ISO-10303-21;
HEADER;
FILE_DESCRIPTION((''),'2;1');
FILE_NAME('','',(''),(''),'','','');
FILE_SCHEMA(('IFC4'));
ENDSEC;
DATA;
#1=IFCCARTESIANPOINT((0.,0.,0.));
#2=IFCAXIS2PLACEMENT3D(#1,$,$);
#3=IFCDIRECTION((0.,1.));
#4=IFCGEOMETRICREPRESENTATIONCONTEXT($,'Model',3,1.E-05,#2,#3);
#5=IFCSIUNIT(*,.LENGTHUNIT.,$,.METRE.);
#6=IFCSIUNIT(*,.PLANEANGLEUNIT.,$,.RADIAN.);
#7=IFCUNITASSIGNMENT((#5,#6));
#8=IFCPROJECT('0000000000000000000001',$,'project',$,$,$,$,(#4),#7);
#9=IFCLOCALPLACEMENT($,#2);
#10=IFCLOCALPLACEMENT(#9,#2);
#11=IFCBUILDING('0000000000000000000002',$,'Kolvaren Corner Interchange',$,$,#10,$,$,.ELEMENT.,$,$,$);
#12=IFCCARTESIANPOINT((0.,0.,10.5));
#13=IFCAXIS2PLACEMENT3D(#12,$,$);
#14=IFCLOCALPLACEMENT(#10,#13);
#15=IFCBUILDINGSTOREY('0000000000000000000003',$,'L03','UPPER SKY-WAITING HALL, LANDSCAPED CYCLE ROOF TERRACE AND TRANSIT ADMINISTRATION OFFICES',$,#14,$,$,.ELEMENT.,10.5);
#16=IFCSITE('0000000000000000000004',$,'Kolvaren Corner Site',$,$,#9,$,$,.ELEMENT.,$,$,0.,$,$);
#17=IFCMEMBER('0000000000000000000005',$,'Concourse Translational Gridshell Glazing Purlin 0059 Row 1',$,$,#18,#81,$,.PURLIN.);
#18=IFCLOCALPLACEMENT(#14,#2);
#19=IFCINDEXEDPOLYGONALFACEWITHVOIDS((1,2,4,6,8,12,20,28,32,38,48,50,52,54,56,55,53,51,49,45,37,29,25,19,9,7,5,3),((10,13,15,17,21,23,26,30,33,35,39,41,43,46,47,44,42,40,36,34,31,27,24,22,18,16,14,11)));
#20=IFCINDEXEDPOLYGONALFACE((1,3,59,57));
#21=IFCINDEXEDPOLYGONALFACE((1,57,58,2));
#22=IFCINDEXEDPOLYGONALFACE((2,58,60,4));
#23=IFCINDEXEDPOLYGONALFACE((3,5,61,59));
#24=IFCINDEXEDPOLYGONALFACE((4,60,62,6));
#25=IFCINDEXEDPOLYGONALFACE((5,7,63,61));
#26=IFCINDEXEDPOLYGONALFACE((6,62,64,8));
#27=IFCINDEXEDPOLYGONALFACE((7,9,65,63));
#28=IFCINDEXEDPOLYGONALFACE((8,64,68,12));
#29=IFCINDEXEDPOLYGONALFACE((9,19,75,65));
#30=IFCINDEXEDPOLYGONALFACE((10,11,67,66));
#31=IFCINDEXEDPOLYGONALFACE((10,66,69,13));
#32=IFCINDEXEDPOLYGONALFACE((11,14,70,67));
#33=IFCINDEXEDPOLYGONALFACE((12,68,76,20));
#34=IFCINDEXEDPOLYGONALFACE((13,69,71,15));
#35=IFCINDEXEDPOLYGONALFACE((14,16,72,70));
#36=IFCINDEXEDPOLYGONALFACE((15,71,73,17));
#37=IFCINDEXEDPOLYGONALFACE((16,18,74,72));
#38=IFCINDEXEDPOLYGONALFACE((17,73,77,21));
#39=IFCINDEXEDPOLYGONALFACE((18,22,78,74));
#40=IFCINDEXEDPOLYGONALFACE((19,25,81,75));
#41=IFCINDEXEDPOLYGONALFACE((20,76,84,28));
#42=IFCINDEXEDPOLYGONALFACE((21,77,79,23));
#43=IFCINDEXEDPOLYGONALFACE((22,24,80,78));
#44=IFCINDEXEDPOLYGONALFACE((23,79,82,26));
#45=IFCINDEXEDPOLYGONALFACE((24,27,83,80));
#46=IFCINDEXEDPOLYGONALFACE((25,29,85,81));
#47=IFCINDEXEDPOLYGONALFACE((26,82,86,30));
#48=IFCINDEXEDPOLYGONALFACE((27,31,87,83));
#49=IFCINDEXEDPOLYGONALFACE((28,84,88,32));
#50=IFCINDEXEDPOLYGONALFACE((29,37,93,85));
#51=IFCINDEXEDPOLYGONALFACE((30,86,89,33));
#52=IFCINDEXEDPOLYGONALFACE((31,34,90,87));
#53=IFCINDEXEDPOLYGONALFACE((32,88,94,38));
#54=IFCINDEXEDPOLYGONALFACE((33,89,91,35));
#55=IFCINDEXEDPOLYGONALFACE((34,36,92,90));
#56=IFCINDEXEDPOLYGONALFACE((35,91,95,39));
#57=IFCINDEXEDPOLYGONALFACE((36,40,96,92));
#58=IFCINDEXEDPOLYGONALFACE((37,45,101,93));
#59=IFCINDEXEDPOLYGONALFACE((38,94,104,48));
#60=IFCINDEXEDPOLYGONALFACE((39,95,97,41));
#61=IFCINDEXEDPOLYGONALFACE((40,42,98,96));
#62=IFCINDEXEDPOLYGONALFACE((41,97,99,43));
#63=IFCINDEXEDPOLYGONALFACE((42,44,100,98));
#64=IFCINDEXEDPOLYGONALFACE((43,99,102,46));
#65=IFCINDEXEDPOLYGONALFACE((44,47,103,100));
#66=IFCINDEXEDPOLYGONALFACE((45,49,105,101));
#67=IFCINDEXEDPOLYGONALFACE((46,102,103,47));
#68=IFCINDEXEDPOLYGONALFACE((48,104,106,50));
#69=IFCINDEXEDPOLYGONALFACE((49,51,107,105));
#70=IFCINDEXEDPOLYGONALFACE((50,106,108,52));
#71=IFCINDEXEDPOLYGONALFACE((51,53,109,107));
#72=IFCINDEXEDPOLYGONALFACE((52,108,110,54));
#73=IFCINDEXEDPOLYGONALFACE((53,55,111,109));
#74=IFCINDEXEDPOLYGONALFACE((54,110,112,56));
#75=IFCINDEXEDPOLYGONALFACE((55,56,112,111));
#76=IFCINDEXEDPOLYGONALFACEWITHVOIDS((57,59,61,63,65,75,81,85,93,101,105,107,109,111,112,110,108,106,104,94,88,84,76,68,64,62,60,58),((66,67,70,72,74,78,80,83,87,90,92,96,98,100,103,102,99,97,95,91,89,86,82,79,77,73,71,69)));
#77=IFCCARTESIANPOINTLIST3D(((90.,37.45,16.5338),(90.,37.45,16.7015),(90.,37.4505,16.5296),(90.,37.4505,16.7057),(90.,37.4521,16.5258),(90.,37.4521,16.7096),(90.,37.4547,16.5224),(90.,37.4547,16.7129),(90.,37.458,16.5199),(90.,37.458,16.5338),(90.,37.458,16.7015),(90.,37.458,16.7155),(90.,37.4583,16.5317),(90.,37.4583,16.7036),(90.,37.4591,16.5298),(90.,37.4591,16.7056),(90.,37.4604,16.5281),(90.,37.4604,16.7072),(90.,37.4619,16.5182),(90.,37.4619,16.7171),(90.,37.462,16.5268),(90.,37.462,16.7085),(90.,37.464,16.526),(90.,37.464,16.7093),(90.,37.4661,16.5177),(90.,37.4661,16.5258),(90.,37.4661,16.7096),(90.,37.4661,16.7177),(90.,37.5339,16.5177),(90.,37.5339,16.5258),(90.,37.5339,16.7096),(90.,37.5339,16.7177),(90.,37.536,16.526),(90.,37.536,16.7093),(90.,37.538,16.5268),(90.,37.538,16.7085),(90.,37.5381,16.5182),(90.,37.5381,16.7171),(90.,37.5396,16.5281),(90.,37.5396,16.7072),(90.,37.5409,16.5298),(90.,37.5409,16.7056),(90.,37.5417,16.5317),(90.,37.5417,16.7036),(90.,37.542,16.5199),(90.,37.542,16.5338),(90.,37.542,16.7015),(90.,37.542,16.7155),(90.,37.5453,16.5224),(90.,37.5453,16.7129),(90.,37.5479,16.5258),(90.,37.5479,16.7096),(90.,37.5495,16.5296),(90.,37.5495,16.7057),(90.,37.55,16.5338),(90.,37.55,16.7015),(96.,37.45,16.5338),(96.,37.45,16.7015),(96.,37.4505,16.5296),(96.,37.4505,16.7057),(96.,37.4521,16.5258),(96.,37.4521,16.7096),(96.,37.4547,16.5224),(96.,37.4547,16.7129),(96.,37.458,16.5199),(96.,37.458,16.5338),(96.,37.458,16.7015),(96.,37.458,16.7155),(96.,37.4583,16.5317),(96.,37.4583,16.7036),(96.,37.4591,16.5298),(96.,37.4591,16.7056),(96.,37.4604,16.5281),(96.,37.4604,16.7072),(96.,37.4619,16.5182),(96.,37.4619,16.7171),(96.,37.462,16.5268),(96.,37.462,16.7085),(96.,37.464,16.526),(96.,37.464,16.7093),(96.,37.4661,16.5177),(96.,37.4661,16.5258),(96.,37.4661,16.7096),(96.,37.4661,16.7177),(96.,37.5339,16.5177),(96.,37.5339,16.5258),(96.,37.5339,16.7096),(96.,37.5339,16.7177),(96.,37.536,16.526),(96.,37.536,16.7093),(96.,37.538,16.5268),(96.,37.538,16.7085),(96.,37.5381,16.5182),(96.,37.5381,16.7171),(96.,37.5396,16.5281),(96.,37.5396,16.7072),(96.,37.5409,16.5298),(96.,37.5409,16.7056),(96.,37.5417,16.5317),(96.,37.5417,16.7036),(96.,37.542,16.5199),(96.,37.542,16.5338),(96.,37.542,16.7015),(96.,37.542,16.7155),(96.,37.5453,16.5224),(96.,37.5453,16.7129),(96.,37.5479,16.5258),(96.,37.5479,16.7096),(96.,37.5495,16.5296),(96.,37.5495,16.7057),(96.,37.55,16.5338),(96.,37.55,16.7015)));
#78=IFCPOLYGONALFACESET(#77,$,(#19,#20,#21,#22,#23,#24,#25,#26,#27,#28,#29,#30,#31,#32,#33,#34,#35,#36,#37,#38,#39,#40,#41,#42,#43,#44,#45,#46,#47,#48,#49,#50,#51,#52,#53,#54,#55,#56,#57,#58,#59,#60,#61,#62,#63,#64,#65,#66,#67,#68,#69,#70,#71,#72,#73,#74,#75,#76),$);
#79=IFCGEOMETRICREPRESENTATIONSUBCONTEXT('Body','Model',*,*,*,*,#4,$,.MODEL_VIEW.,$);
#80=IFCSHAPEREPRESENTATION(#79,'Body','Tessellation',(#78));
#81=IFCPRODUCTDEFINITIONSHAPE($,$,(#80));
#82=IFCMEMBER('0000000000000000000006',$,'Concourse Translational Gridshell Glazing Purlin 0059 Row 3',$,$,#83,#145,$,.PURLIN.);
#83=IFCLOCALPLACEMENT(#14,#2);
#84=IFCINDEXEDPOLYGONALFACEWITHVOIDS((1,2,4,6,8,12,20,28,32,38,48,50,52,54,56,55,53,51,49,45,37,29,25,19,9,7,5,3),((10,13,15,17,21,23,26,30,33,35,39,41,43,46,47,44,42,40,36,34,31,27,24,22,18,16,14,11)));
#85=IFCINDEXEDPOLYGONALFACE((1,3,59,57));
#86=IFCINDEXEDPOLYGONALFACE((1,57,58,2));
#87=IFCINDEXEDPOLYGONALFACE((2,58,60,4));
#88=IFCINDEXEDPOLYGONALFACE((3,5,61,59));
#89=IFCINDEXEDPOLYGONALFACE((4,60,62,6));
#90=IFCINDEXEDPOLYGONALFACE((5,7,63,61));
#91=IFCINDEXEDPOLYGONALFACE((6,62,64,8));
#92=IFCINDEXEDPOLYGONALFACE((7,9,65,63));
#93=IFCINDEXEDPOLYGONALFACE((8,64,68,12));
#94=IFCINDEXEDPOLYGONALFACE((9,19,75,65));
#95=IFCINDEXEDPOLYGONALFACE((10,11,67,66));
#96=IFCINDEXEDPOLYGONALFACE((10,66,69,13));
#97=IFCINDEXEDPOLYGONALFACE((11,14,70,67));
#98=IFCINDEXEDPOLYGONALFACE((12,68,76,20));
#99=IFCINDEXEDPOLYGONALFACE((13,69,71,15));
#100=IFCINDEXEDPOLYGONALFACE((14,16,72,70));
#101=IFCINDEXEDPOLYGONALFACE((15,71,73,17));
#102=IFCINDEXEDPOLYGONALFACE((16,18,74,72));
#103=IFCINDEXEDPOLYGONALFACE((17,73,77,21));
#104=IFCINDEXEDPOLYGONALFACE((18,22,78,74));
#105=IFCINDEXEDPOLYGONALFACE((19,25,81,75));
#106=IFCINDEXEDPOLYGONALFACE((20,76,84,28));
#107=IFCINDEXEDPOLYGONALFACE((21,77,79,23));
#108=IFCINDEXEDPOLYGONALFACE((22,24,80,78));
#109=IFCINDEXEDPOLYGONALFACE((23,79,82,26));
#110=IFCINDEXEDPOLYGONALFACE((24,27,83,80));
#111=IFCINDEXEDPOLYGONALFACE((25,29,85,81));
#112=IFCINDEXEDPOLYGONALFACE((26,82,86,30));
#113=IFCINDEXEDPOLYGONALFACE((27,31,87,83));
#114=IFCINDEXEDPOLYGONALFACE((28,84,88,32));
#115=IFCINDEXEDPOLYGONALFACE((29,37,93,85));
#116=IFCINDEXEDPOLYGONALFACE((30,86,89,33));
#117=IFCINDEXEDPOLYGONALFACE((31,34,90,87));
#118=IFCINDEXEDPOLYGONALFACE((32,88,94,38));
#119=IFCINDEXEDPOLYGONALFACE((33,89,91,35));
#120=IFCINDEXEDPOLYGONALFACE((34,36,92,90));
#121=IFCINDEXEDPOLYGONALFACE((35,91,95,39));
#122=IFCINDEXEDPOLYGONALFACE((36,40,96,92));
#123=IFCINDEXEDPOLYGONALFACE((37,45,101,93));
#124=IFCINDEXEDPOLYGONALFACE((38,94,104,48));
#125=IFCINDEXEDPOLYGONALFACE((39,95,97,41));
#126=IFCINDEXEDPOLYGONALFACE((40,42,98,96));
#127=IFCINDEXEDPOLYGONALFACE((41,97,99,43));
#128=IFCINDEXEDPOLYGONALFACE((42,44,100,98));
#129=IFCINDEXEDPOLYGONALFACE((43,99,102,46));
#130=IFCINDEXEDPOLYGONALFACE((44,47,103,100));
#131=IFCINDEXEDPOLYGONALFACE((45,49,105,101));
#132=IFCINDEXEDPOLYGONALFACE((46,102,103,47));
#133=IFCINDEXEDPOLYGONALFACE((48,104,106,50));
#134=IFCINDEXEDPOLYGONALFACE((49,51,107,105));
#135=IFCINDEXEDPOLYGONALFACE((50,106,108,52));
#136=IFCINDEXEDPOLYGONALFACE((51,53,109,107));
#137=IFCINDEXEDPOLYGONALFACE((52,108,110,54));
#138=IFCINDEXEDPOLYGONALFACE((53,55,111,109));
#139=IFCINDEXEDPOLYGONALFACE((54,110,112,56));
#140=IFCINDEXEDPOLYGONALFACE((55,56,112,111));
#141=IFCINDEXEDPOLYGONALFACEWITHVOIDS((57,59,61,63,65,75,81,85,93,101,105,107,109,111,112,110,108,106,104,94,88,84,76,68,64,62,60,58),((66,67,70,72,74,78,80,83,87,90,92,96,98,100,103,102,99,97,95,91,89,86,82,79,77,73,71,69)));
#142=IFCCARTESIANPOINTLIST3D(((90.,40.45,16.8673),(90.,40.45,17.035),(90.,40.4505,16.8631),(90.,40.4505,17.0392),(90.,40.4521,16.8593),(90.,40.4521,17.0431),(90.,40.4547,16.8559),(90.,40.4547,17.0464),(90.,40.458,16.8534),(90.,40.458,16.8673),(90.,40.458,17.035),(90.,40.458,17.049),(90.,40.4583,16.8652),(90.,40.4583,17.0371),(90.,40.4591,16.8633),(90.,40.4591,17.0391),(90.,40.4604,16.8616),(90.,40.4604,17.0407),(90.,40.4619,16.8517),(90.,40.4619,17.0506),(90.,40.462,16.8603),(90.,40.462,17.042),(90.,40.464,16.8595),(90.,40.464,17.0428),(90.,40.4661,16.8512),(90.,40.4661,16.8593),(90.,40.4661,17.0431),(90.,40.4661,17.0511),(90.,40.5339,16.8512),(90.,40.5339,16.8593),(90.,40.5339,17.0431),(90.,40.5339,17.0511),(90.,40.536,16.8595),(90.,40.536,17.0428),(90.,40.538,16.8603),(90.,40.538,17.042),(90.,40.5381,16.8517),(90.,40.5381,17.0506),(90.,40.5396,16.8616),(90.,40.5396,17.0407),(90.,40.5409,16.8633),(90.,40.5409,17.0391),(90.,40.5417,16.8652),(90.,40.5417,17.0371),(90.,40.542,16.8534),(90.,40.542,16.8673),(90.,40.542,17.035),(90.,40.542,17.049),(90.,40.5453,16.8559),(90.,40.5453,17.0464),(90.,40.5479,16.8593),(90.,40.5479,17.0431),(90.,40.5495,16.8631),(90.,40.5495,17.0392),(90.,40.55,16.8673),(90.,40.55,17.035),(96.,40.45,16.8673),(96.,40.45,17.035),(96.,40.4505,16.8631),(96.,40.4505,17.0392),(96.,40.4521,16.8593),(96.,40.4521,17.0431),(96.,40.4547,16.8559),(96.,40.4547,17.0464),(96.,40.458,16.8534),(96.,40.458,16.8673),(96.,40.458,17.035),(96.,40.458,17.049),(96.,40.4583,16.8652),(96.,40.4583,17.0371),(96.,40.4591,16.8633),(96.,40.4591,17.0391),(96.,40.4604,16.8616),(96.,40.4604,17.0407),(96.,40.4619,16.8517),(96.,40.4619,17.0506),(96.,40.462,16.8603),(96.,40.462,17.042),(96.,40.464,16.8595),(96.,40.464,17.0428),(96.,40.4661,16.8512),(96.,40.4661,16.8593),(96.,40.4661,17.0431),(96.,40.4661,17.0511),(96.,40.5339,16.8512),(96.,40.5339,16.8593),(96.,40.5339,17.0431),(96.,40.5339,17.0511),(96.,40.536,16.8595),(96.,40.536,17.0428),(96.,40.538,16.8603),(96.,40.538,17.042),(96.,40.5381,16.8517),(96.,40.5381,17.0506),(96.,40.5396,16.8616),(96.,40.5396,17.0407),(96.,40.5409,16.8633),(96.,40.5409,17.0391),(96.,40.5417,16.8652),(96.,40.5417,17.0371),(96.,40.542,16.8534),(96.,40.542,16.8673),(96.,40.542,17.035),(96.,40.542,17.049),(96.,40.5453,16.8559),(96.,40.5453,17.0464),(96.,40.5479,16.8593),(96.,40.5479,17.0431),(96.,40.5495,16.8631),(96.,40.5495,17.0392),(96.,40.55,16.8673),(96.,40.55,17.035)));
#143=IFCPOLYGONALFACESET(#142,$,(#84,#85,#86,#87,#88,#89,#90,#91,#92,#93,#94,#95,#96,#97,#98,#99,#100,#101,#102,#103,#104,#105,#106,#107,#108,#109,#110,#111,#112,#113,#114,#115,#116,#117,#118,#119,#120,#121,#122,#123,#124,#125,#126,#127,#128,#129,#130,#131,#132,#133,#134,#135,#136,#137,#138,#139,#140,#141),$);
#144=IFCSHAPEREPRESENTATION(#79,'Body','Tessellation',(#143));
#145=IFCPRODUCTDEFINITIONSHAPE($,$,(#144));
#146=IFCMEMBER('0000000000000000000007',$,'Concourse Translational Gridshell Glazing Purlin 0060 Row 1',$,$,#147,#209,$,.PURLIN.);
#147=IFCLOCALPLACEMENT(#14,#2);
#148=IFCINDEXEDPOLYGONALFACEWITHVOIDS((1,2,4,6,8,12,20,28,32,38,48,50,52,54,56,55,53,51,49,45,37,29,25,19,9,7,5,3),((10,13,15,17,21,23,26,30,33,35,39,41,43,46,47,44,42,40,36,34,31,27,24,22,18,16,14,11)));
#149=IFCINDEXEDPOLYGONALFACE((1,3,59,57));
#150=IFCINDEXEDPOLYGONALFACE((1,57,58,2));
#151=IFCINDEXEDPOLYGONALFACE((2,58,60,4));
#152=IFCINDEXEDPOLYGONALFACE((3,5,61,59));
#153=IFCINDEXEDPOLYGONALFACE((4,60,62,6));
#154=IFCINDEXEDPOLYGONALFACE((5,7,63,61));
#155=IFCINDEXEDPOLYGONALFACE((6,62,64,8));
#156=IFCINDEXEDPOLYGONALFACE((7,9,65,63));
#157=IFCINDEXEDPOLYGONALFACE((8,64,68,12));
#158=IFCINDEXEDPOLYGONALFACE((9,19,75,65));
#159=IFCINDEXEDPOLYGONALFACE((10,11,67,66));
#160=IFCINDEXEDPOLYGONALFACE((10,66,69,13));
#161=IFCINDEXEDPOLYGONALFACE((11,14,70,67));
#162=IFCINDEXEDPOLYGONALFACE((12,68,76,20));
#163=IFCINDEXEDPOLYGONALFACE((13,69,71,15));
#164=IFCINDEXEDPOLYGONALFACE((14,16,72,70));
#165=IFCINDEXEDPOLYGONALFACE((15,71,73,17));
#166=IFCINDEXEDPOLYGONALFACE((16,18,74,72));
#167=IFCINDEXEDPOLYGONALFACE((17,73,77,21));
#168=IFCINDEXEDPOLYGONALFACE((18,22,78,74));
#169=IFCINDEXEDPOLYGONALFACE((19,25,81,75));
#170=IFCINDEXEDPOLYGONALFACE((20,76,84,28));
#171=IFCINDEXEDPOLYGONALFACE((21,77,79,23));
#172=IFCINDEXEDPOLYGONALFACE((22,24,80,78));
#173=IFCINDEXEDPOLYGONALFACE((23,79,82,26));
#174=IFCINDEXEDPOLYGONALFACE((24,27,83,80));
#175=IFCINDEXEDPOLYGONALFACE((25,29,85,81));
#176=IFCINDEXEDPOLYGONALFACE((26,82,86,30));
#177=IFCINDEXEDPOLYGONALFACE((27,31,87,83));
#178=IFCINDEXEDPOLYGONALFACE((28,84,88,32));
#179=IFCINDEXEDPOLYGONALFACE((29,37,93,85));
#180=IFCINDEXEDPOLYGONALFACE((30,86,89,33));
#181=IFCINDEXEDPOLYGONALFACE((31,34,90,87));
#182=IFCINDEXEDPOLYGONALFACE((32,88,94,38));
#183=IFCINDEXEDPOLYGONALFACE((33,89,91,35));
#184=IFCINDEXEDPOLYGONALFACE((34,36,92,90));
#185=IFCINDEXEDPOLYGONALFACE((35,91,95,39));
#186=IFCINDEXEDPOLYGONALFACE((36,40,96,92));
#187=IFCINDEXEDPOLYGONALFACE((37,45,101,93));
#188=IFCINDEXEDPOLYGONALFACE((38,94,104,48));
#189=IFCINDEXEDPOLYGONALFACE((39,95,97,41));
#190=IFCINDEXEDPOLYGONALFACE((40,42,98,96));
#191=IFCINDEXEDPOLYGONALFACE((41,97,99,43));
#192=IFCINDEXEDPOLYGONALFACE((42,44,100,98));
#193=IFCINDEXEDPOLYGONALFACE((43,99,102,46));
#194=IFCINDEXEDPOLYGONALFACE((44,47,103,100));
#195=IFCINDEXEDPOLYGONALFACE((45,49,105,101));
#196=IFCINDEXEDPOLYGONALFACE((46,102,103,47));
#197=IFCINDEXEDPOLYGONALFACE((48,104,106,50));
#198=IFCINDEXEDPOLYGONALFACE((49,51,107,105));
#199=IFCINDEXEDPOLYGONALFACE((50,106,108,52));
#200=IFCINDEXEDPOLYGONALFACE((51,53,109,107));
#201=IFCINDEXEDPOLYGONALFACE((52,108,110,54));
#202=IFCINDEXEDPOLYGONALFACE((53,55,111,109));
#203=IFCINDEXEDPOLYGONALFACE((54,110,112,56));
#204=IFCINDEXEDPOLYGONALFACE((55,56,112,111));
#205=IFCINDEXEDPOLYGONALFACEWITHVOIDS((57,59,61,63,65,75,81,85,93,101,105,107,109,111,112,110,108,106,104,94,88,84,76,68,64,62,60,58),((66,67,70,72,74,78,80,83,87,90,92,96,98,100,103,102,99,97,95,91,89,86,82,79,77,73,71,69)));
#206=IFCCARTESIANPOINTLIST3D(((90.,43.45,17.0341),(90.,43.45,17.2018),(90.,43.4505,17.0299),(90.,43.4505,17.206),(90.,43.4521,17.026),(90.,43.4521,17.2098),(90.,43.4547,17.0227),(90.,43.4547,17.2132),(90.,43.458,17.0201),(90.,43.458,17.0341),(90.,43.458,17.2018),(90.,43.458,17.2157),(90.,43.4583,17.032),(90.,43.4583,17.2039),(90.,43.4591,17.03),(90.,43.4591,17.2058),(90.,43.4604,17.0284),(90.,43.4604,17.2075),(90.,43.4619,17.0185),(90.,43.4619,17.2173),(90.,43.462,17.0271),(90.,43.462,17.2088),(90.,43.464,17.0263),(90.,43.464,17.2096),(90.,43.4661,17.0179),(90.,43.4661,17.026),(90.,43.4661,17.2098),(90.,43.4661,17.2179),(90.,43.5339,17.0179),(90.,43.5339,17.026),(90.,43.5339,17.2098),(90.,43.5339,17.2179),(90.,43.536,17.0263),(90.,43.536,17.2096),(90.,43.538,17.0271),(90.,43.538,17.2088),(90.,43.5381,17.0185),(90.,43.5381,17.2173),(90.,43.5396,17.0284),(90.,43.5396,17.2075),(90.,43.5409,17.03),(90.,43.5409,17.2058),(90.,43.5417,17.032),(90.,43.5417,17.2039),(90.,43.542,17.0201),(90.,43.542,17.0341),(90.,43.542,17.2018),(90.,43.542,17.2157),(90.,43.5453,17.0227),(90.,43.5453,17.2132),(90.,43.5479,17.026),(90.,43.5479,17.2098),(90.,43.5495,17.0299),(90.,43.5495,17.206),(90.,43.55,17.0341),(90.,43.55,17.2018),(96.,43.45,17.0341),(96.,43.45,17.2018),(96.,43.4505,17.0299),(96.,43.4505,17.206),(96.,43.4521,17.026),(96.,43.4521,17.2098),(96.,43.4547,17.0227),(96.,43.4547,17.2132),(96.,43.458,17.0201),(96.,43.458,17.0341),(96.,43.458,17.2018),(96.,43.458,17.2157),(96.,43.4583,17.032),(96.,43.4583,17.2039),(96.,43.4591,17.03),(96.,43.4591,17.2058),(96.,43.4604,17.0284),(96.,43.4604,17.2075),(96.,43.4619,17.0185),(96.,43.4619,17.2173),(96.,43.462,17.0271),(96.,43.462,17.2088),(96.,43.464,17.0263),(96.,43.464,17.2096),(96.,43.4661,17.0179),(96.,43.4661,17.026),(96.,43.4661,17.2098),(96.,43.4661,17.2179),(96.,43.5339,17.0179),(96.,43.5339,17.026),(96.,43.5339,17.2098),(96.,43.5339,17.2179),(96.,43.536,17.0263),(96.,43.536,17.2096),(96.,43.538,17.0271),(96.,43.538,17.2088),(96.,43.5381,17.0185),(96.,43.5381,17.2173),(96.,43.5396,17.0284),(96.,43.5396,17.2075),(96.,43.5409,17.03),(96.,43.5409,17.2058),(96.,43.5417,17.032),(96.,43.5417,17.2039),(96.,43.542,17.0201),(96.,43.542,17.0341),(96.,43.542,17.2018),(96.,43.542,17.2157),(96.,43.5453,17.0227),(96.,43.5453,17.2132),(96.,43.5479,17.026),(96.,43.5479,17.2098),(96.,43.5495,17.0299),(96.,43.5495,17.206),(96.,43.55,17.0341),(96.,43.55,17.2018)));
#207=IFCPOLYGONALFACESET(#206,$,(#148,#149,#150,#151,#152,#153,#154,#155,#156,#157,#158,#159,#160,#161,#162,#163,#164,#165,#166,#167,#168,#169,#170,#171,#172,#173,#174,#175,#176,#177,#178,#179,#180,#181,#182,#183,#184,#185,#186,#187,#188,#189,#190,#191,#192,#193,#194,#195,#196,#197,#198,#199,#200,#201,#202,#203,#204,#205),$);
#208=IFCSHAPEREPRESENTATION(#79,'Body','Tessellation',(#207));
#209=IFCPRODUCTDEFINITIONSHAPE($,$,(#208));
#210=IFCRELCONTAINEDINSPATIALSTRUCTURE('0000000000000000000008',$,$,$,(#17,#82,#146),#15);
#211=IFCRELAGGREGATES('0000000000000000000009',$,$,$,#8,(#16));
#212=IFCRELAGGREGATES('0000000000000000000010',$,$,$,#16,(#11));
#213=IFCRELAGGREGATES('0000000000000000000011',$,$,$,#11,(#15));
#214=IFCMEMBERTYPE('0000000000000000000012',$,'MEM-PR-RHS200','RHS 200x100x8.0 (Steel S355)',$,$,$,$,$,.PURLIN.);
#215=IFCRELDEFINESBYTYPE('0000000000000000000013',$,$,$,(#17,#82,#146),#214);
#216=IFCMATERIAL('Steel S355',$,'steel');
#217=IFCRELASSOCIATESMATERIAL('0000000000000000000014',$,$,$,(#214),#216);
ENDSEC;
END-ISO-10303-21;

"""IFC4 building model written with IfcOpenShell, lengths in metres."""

from ifc_helpers import new_model, si_unit, direction, frame, origin, origin_2d, place, context, subcontext, project, spatial, hollow_rectangle, extrude, material, material_profile, profile_set, type_object, element, save


model = new_model("IFC4")

# Units and contexts
model_context = context("Model", 3, precision=1e-05, world=origin(), true_north=direction((0.0, 1.0)))
body_context = subcontext(model_context, "Body", "Model", "MODEL_VIEW")
ifc_project = project(units=[si_unit("LENGTHUNIT", "METRE"), si_unit("PLANEANGLEUNIT", "RADIAN")], contexts=[model_context])

# Site, building, storey
site_placement = place(None, origin())
site = spatial("IfcSite", under=ifc_project, at=site_placement, Name="Kolvaren Corner Site", CompositionType="ELEMENT", RefElevation=0.0)
building_placement = place(site_placement, origin())
building = spatial("IfcBuilding", under=site, at=building_placement, Name="Kolvaren Corner Interchange", CompositionType="ELEMENT")
storey_placement = place(building_placement, frame((0.0, 0.0, 10.5)))
storey = spatial("IfcBuildingStorey", under=building, at=storey_placement, Name="L03", Description="UPPER SKY-WAITING HALL, LANDSCAPED CYCLE ROOF TERRACE AND TRANSIT ADMINISTRATION OFFICES", CompositionType="ELEMENT", Elevation=10.5)

# Members
ifc_material_1 = material(Name="Steel S355", Category="steel")
ifc_material_profile_1 = material_profile(ifc_material_1, hollow_rectangle(XDim=0.1001, YDim=0.2, WallThickness=0.0081, InnerFilletRadius=0.0081, OuterFilletRadius=0.0161, at=origin_2d()), Name="RHS 200x100x8.0")
ifc_profile_set_1 = profile_set([ifc_material_profile_1], Name="Steel S355")
member_type_1 = type_object("IfcMemberType", Name="MEM-PR-RHS200", Description="RHS 200x100x8.0 (Steel S355)", PredefinedType="PURLIN", material=ifc_profile_set_1)
for number, where, z_axis, x_axis, name in (
    (1, (90.0, 37.5, 16.6177), (1.0, 0.0, 0.0), (0.0, 1.0, 0.0), "Concourse Translational Gridshell Glazing Purlin 0059 Row 1"),
    (2, (90.0, 40.5, 16.9512), (1.0, 0.0, 0.0), (0.0, 1.0, 0.0), "Concourse Translational Gridshell Glazing Purlin 0059 Row 3"),
    (3, (90.0, 43.5, 17.1179), (1.0, 0.0, 0.0), (0.0, 1.0, 0.0), "Concourse Translational Gridshell Glazing Purlin 0060 Row 1"),
):
    element("IfcMember", number, at=place(storey_placement, frame(where, z_axis=z_axis, x_axis=x_axis)), inside=storey, type_object=member_type_1, Name=name, PredefinedType="PURLIN", context=body_context, shape_type="SweptSolid", body=[
        extrude(hollow_rectangle(XDim=0.1001, YDim=0.2, WallThickness=0.0081, InnerFilletRadius=0.0081, OuterFilletRadius=0.0161, at=origin_2d()), origin(), (0.0, 0.0, 1.0), 6.0),
    ])

save(model, "model.ifc")
